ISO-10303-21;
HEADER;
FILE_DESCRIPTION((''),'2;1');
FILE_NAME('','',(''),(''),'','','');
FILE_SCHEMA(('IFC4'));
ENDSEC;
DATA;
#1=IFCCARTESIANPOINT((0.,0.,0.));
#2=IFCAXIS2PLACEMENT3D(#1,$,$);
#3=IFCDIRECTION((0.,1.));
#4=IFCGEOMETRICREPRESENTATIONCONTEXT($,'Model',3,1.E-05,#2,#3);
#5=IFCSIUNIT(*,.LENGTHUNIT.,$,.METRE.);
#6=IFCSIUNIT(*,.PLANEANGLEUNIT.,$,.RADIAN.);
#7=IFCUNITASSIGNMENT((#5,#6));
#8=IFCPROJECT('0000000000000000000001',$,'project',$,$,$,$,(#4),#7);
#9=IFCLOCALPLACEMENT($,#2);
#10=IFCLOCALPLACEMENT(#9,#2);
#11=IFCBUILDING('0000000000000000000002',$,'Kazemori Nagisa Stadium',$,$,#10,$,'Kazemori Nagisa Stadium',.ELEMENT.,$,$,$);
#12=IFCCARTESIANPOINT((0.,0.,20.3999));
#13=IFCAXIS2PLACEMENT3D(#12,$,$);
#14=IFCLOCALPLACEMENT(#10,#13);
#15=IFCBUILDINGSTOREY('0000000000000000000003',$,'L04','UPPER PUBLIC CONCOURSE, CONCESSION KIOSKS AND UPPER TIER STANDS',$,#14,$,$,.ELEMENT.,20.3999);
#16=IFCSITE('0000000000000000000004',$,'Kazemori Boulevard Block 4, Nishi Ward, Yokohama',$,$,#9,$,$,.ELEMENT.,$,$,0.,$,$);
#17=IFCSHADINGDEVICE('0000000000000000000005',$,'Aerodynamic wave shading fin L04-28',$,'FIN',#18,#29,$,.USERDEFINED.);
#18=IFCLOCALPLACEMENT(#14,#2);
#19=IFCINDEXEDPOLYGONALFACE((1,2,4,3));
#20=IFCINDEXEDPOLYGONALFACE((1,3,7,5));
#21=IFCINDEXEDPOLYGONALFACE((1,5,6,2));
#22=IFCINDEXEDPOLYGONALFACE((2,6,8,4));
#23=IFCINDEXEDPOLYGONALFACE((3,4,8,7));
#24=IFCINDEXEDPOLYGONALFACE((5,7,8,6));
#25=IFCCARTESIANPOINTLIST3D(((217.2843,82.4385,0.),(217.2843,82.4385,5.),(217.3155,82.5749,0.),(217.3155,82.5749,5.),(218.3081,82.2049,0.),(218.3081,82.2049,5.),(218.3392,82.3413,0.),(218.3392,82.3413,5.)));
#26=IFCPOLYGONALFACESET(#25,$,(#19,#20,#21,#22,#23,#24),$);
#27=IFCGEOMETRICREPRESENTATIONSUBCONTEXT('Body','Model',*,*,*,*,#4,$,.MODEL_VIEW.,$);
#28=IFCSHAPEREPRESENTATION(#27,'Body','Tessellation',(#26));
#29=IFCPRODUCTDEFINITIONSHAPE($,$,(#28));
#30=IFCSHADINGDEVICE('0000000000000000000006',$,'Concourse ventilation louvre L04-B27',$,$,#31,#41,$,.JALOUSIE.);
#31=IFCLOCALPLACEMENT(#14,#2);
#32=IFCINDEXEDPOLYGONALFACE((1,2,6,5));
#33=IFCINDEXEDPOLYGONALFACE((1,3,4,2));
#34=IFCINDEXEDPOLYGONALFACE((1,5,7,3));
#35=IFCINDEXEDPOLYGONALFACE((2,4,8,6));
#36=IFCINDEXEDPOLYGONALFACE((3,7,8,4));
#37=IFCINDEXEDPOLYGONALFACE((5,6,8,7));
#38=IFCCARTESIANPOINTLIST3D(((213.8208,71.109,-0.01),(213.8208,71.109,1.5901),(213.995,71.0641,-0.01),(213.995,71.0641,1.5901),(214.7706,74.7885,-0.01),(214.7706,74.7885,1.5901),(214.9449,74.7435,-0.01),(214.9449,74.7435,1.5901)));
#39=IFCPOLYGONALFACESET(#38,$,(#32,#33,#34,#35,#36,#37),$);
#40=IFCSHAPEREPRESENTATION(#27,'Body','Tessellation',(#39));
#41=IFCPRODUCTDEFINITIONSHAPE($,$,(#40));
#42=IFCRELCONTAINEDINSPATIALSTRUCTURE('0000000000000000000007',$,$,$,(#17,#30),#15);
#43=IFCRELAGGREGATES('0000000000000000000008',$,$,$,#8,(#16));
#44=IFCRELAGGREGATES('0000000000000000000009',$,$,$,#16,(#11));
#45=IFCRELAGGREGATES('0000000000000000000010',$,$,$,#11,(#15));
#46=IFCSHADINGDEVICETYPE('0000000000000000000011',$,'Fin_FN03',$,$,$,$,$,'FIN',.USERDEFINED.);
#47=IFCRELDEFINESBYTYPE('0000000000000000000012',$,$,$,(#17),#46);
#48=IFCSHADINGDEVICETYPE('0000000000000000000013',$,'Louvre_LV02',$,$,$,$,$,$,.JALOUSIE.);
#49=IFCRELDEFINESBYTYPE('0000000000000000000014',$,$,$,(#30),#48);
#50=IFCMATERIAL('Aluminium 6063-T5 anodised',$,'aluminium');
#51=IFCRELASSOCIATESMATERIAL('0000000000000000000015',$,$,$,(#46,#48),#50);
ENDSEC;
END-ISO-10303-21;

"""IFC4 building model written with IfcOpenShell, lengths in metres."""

from ifc_helpers import new_model, si_unit, direction, frame, origin, origin_2d, place, context, subcontext, project, spatial, rectangle, extrude, material, type_object, element, save


model = new_model("IFC4")

# Units and contexts
model_context = context("Model", 3, precision=1e-05, world=origin(), true_north=direction((0.0, 1.0)))
body_context = subcontext(model_context, "Body", "Model", "MODEL_VIEW")
ifc_project = project(units=[si_unit("LENGTHUNIT", "METRE"), si_unit("PLANEANGLEUNIT", "RADIAN")], contexts=[model_context])

# Site, building, storey
site_placement = place(None, origin())
site = spatial("IfcSite", under=ifc_project, at=site_placement, Name="Kazemori Boulevard Block 4, Nishi Ward, Yokohama", CompositionType="ELEMENT", RefElevation=0.0)
building_placement = place(site_placement, origin())
building = spatial("IfcBuilding", under=site, at=building_placement, Name="Kazemori Nagisa Stadium", LongName="Kazemori Nagisa Stadium", CompositionType="ELEMENT")
storey_placement = place(building_placement, frame((0.0, 0.0, 20.3999)))
storey = spatial("IfcBuildingStorey", under=building, at=storey_placement, Name="L04", Description="UPPER PUBLIC CONCOURSE, CONCESSION KIOSKS AND UPPER TIER STANDS", CompositionType="ELEMENT", Elevation=20.3999)

# Shared definitions
ifc_material_1 = material(Name="Aluminium 6063-T5 anodised", Category="aluminium")

# Shading devices
shading_device_type_1 = type_object("IfcShadingDeviceType", Name="Fin_FN03", ElementType="FIN", PredefinedType="USERDEFINED", material=ifc_material_1)
shading_device_1_placement = place(storey_placement, frame((217.8118, 82.3899, 0.0), z_axis=(0.0, 0.0, 1.0), x_axis=(0.974928, -0.222521, 0.0)))
element("IfcShadingDevice", 1, at=shading_device_1_placement, inside=storey, type_object=shading_device_type_1, Name="Aerodynamic wave shading fin L04-28", ObjectType="FIN", PredefinedType="USERDEFINED", context=body_context, shape_type="SweptSolid", body=[
    extrude(rectangle(XDim=1.05, YDim=0.1399, at=origin_2d()), origin(), (0.0, 0.0, 1.0), 5.0),
])
shading_device_type_2 = type_object("IfcShadingDeviceType", Name="Louvre_LV02", PredefinedType="JALOUSIE", material=ifc_material_1)
shading_device_2_placement = place(storey_placement, frame((214.3828, 72.9263, -0.01), z_axis=(0.0, 0.0, 1.0), x_axis=(0.249965, 0.968255, 0.0)))
element("IfcShadingDevice", 2, at=shading_device_2_placement, inside=storey, type_object=shading_device_type_2, Name="Concourse ventilation louvre L04-B27", PredefinedType="JALOUSIE", context=body_context, shape_type="SweptSolid", body=[
    extrude(rectangle(XDim=3.8, YDim=0.1799, at=origin_2d()), origin(), (0.0, 0.0, 1.0), 1.6001),
])

save(model, "model.ifc")
